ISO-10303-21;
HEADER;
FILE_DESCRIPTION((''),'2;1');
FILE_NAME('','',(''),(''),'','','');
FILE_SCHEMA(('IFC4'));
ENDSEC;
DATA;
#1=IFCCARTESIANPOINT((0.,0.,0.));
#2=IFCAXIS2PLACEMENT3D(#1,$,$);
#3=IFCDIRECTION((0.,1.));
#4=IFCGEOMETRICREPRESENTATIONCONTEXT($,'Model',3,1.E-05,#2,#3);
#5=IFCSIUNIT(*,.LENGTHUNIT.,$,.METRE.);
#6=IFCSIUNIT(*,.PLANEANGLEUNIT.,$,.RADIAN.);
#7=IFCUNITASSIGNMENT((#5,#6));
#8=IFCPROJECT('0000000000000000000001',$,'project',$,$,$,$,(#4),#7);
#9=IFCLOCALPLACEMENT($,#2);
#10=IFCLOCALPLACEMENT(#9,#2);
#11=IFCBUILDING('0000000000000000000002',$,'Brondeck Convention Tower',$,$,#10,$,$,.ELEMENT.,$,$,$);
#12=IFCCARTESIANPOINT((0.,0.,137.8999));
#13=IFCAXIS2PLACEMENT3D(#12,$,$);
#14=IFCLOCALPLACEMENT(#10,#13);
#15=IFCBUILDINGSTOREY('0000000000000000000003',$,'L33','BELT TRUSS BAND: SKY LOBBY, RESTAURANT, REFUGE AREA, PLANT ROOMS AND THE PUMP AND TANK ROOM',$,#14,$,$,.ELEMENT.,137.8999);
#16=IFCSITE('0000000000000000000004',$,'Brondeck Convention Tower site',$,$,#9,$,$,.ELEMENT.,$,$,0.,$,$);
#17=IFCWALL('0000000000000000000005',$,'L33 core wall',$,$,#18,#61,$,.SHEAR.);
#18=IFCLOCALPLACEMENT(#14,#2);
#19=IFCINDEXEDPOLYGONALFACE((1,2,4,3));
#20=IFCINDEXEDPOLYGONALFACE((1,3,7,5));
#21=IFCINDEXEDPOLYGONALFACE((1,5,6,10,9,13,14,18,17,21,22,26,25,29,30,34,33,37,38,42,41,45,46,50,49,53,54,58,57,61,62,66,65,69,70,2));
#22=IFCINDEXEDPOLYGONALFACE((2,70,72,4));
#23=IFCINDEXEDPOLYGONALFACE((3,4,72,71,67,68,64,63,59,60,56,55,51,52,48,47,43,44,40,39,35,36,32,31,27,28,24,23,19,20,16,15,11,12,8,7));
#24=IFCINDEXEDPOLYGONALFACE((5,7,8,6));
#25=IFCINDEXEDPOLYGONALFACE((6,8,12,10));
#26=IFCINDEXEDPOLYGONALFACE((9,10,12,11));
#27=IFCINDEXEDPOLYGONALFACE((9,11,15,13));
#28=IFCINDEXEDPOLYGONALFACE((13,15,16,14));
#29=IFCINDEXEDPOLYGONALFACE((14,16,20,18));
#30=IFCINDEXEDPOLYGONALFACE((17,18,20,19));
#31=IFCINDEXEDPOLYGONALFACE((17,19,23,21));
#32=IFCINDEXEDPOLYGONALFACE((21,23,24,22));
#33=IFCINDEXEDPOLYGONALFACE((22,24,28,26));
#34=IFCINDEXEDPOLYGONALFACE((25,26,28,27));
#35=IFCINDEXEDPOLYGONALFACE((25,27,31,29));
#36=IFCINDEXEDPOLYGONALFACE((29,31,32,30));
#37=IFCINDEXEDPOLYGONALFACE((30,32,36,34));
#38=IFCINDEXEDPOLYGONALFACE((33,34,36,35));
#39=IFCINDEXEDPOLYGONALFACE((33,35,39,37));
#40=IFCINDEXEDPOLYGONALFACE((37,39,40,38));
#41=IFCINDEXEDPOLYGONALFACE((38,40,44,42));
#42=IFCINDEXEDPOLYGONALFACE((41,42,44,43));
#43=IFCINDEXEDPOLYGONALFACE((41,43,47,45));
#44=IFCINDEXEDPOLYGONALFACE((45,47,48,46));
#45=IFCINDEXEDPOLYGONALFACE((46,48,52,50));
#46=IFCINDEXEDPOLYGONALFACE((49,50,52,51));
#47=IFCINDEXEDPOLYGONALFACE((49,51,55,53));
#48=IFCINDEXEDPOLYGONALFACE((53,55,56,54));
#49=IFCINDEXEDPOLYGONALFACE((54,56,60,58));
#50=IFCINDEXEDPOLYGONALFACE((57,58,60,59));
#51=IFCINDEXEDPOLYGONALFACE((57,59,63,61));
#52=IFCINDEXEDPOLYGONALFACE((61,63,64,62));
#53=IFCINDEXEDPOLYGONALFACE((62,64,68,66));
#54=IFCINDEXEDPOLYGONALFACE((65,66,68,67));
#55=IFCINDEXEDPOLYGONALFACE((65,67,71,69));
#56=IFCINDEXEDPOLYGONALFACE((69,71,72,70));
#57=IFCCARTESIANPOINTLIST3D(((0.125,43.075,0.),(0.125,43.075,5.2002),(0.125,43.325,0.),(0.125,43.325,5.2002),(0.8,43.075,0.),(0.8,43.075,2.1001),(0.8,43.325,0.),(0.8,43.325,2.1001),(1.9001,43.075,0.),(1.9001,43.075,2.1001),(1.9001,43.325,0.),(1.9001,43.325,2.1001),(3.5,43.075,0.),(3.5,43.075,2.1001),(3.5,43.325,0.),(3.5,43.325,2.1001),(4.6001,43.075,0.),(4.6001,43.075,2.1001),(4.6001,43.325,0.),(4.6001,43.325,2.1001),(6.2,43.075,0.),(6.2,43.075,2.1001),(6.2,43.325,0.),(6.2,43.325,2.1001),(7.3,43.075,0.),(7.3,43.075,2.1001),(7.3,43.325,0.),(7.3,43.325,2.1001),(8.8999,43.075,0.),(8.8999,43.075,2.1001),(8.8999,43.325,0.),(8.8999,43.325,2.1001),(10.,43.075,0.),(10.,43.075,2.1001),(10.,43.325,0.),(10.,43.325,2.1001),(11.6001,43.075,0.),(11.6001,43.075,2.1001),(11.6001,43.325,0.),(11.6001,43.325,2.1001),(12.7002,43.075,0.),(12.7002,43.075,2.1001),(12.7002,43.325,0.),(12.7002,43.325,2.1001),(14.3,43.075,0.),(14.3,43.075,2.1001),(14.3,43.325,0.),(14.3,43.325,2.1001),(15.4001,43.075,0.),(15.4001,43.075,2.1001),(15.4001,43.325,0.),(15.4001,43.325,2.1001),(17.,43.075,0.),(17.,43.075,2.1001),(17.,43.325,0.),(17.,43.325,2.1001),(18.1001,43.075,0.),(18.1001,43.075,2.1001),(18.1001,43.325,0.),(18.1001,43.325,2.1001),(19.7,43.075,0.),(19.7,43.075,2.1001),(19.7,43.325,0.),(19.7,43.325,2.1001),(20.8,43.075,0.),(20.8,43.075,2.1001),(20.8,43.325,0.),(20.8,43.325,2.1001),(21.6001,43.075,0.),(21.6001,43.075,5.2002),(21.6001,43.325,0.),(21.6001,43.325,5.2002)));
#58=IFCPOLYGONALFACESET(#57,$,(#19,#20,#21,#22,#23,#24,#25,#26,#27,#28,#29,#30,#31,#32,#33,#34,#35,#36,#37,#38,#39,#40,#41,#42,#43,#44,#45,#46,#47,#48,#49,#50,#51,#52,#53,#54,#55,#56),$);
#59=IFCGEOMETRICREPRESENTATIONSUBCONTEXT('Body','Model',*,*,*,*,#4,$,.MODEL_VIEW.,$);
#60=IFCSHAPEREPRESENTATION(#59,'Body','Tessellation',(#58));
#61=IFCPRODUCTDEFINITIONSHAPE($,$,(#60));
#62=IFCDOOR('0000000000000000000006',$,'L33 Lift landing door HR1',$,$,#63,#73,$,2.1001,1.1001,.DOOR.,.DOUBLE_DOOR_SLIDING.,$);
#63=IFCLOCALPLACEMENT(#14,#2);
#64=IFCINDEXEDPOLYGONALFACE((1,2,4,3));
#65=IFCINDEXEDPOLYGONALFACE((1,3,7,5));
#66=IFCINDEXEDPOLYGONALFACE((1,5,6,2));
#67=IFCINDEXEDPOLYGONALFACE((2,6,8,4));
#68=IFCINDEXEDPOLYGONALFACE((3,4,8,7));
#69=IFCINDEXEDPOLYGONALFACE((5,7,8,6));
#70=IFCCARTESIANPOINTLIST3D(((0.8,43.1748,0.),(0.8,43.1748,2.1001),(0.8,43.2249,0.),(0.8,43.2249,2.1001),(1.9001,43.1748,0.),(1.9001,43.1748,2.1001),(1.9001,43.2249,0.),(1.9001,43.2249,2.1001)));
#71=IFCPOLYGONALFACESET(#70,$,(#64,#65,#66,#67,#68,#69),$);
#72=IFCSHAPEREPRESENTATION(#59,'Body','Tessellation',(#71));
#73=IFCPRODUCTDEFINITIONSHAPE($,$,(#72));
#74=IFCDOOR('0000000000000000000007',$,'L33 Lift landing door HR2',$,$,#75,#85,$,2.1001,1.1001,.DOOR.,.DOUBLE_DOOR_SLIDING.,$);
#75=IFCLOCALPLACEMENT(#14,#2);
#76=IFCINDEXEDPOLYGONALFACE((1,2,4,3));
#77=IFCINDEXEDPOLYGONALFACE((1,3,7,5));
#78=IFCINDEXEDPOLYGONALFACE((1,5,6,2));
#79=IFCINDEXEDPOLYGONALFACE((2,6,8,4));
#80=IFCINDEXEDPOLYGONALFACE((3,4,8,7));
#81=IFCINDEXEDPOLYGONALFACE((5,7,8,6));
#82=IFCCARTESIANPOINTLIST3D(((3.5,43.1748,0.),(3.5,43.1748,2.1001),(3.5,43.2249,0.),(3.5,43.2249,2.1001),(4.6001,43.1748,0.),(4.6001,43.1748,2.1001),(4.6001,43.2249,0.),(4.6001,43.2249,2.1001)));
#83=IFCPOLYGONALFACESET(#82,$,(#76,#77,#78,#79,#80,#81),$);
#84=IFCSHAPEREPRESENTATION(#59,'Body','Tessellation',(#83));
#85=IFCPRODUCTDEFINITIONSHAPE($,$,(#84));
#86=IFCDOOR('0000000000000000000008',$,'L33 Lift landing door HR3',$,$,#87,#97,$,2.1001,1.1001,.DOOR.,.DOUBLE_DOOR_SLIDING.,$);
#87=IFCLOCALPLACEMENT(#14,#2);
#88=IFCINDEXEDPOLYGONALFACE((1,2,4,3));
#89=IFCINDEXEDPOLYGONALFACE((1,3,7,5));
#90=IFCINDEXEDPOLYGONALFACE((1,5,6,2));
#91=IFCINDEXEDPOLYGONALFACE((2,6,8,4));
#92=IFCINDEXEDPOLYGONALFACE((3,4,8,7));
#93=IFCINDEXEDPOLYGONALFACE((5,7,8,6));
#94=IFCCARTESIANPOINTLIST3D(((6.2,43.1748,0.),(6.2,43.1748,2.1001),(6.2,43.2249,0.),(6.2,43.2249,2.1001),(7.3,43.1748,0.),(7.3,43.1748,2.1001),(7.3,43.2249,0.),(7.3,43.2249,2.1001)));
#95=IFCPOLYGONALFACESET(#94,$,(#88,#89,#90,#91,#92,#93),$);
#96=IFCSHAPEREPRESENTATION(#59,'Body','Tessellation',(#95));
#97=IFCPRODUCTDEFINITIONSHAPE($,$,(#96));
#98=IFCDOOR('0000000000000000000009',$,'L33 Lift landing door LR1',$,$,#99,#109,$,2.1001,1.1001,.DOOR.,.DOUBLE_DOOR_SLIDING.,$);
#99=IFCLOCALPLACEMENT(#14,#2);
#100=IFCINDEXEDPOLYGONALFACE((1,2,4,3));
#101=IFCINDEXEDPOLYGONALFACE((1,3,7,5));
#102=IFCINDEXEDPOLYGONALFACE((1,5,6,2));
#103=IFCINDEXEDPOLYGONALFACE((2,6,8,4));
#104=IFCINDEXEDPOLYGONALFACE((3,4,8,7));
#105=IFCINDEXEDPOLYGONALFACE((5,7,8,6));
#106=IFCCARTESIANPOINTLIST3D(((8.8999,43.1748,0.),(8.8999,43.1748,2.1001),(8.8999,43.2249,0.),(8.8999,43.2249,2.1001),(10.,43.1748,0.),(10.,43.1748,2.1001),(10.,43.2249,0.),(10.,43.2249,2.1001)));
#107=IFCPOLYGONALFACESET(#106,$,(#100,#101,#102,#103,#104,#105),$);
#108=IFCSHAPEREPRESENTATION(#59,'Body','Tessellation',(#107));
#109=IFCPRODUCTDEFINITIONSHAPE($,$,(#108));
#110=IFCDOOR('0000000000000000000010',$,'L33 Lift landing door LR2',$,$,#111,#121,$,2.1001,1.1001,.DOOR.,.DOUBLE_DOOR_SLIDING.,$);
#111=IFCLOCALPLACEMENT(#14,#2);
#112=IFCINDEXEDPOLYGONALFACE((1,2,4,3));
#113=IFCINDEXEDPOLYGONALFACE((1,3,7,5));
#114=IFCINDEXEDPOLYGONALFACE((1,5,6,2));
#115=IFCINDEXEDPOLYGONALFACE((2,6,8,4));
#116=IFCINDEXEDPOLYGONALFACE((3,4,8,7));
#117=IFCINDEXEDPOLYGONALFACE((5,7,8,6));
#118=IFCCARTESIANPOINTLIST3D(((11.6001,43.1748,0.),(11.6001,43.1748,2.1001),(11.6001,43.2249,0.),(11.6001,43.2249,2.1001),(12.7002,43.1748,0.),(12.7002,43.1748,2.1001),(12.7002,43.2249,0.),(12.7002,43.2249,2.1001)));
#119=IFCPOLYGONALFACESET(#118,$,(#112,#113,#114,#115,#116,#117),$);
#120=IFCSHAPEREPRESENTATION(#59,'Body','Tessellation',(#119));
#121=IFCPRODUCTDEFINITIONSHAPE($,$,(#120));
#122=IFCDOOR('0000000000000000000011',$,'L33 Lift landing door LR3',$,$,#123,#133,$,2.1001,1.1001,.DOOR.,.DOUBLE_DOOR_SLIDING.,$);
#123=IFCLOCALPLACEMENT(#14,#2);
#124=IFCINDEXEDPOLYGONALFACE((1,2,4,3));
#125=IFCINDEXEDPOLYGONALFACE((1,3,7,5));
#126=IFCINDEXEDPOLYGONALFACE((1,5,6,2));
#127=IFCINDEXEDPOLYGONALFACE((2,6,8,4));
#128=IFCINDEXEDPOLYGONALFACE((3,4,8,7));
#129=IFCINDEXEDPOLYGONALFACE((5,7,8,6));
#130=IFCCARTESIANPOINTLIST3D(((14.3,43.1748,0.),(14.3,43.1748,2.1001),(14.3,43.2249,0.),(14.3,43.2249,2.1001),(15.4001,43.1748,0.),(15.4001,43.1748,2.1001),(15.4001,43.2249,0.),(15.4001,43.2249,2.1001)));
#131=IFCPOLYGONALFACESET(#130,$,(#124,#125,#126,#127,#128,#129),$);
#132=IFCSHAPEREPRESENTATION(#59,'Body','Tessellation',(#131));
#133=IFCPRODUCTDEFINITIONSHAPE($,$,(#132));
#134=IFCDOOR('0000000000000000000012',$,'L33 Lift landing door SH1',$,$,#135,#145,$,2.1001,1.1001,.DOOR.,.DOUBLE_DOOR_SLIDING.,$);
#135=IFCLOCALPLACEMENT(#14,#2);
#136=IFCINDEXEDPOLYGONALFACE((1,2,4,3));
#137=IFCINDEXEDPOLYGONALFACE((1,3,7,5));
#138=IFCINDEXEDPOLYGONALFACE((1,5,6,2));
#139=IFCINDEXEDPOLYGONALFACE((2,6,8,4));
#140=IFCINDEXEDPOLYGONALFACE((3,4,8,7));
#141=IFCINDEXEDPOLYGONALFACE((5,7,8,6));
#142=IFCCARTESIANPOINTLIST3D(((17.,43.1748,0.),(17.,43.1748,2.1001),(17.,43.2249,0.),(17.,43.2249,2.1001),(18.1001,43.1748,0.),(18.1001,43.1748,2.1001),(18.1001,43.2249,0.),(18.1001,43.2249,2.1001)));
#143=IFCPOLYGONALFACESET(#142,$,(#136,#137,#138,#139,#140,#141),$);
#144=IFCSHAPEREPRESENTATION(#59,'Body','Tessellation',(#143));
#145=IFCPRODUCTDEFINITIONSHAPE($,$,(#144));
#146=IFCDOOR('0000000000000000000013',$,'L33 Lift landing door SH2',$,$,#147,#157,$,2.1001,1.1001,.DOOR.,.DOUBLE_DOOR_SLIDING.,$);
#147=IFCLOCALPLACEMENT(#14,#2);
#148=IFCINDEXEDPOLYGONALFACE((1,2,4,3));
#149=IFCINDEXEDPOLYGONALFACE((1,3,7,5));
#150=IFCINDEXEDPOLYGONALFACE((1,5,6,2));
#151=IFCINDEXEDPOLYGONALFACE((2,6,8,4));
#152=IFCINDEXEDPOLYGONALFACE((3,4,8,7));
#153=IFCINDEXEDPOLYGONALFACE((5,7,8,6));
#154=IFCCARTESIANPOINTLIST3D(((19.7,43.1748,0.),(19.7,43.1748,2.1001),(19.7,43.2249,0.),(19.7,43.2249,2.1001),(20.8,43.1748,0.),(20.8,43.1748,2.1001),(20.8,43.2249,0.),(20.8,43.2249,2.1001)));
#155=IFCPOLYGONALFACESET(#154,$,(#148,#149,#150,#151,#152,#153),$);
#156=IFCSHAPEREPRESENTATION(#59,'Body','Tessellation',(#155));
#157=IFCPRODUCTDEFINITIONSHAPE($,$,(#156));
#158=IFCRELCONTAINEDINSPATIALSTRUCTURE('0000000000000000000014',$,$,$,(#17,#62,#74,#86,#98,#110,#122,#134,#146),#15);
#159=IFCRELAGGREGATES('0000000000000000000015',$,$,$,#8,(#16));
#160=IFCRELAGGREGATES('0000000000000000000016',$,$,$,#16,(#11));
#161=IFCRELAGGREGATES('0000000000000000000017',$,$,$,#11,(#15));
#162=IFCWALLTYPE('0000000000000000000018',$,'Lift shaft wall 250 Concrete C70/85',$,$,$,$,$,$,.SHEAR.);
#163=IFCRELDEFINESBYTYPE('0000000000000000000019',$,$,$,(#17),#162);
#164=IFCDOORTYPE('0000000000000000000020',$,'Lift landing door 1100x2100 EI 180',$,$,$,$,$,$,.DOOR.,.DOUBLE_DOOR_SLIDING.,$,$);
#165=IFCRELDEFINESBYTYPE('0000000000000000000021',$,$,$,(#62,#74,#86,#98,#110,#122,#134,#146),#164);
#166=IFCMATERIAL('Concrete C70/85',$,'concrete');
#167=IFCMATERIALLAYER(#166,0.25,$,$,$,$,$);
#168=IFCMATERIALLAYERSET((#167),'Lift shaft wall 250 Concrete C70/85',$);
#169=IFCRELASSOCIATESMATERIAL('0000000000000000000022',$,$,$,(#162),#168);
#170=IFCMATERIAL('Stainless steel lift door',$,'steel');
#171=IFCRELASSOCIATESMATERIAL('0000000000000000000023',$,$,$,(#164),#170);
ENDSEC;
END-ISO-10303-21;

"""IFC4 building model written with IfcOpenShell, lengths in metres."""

from ifc_helpers import new_model, si_unit, direction, frame, frame_2d, origin, place, context, subcontext, project, spatial, rectangle, extrude, material, layer, layer_set, type_object, element, fill, save


model = new_model("IFC4")

# Units and contexts
model_context = context("Model", 3, precision=1e-05, world=origin(), true_north=direction((0.0, 1.0)))
body_context = subcontext(model_context, "Body", "Model", "MODEL_VIEW")
ifc_project = project(units=[si_unit("LENGTHUNIT", "METRE"), si_unit("PLANEANGLEUNIT", "RADIAN")], contexts=[model_context])

# Site, building, storey
site_placement = place(None, origin())
site = spatial("IfcSite", under=ifc_project, at=site_placement, Name="Brondeck Convention Tower site", CompositionType="ELEMENT", RefElevation=0.0)
building_placement = place(site_placement, origin())
building = spatial("IfcBuilding", under=site, at=building_placement, Name="Brondeck Convention Tower", CompositionType="ELEMENT")
storey_placement = place(building_placement, frame((0.0, 0.0, 137.8999)))
storey = spatial("IfcBuildingStorey", under=building, at=storey_placement, Name="L33", Description="BELT TRUSS BAND: SKY LOBBY, RESTAURANT, REFUGE AREA, PLANT ROOMS AND THE PUMP AND TANK ROOM", CompositionType="ELEMENT", Elevation=137.8999)

# Shared definitions
ifc_material_1 = material(Name="Concrete C70/85", Category="concrete")

# Wall, openings, doors
ifc_layer_1 = layer(ifc_material_1, 0.25)
ifc_layer_set_1 = layer_set([ifc_layer_1], Name="Lift shaft wall 250 Concrete C70/85")
wall_type_1 = type_object("IfcWallType", Name="Lift shaft wall 250 Concrete C70/85", PredefinedType="SHEAR", material=ifc_layer_set_1)
wall_1_placement = place(storey_placement, frame((0.125, 43.2, 0.0), z_axis=(0.0, 0.0, 1.0), x_axis=(1.0, 0.0, 0.0)))
wall_1 = element("IfcWall", 1, at=wall_1_placement, inside=storey, type_object=wall_type_1, Name="L33 core wall", PredefinedType="SHEAR", context=body_context, shape_type="SweptSolid", body=[
    extrude(rectangle(XDim=21.4751, YDim=0.25, at=frame_2d((10.7375, 0.0))), origin(), (0.0, 0.0, 1.0), 5.2002),
])
opening_1_placement = place(wall_1_placement, frame((0.675, 0.0, 0.0)))
opening_1 = element("IfcOpeningElement", 2, at=opening_1_placement, cuts=wall_1, PredefinedType="OPENING", context=body_context, shape_type="SweptSolid", body=[
    extrude(rectangle(XDim=1.1001, YDim=2.1001, at=frame_2d((0.55, 1.05))), frame((0.0, 0.135, 0.0), z_axis=(0.0, -1.0, 0.0), x_axis=(1.0, 0.0, 0.0)), (0.0, 0.0, 1.0), 0.27),
])
opening_2_placement = place(wall_1_placement, frame((3.375, 0.0, 0.0)))
opening_2 = element("IfcOpeningElement", 3, at=opening_2_placement, cuts=wall_1, PredefinedType="OPENING", context=body_context, shape_type="SweptSolid", body=[
    extrude(rectangle(XDim=1.1001, YDim=2.1001, at=frame_2d((0.55, 1.05))), frame((0.0, 0.135, 0.0), z_axis=(0.0, -1.0, 0.0), x_axis=(1.0, 0.0, 0.0)), (0.0, 0.0, 1.0), 0.27),
])
opening_3_placement = place(wall_1_placement, frame((6.075, 0.0, 0.0)))
opening_3 = element("IfcOpeningElement", 4, at=opening_3_placement, cuts=wall_1, PredefinedType="OPENING", context=body_context, shape_type="SweptSolid", body=[
    extrude(rectangle(XDim=1.1001, YDim=2.1001, at=frame_2d((0.55, 1.05))), frame((0.0, 0.135, 0.0), z_axis=(0.0, -1.0, 0.0), x_axis=(1.0, 0.0, 0.0)), (0.0, 0.0, 1.0), 0.27),
])
opening_4_placement = place(wall_1_placement, frame((8.7749, 0.0, 0.0)))
opening_4 = element("IfcOpeningElement", 5, at=opening_4_placement, cuts=wall_1, PredefinedType="OPENING", context=body_context, shape_type="SweptSolid", body=[
    extrude(rectangle(XDim=1.1001, YDim=2.1001, at=frame_2d((0.55, 1.05))), frame((0.0, 0.135, 0.0), z_axis=(0.0, -1.0, 0.0), x_axis=(1.0, 0.0, 0.0)), (0.0, 0.0, 1.0), 0.27),
])
opening_5_placement = place(wall_1_placement, frame((11.4751, 0.0, 0.0)))
opening_5 = element("IfcOpeningElement", 6, at=opening_5_placement, cuts=wall_1, PredefinedType="OPENING", context=body_context, shape_type="SweptSolid", body=[
    extrude(rectangle(XDim=1.1001, YDim=2.1001, at=frame_2d((0.55, 1.05))), frame((0.0, 0.135, 0.0), z_axis=(0.0, -1.0, 0.0), x_axis=(1.0, 0.0, 0.0)), (0.0, 0.0, 1.0), 0.27),
])
opening_6_placement = place(wall_1_placement, frame((14.175, 0.0, 0.0)))
opening_6 = element("IfcOpeningElement", 7, at=opening_6_placement, cuts=wall_1, PredefinedType="OPENING", context=body_context, shape_type="SweptSolid", body=[
    extrude(rectangle(XDim=1.1001, YDim=2.1001, at=frame_2d((0.55, 1.05))), frame((0.0, 0.135, 0.0), z_axis=(0.0, -1.0, 0.0), x_axis=(1.0, 0.0, 0.0)), (0.0, 0.0, 1.0), 0.27),
])
opening_7_placement = place(wall_1_placement, frame((16.875, 0.0, 0.0)))
opening_7 = element("IfcOpeningElement", 8, at=opening_7_placement, cuts=wall_1, PredefinedType="OPENING", context=body_context, shape_type="SweptSolid", body=[
    extrude(rectangle(XDim=1.1001, YDim=2.1001, at=frame_2d((0.55, 1.05))), frame((0.0, 0.135, 0.0), z_axis=(0.0, -1.0, 0.0), x_axis=(1.0, 0.0, 0.0)), (0.0, 0.0, 1.0), 0.27),
])
opening_8_placement = place(wall_1_placement, frame((19.575, 0.0, 0.0)))
opening_8 = element("IfcOpeningElement", 9, at=opening_8_placement, cuts=wall_1, PredefinedType="OPENING", context=body_context, shape_type="SweptSolid", body=[
    extrude(rectangle(XDim=1.1001, YDim=2.1001, at=frame_2d((0.55, 1.05))), frame((0.0, 0.135, 0.0), z_axis=(0.0, -1.0, 0.0), x_axis=(1.0, 0.0, 0.0)), (0.0, 0.0, 1.0), 0.27),
])
ifc_material_2 = material(Name="Stainless steel lift door", Category="steel")
door_type = type_object("IfcDoorType", Name="Lift landing door 1100x2100 EI 180", OperationType="DOUBLE_DOOR_SLIDING", PredefinedType="DOOR", material=ifc_material_2)
door_1_placement = place(opening_1_placement, origin())
door_1 = element("IfcDoor", 10, at=door_1_placement, inside=storey, type_object=door_type, Name="L33 Lift landing door HR1", OperationType="DOUBLE_DOOR_SLIDING", OverallHeight=2.1001, OverallWidth=1.1001, PredefinedType="DOOR", context=body_context, shape_type="SweptSolid", body=[
    extrude(rectangle(XDim=1.1001, YDim=2.1001, at=frame_2d((0.55, 1.05))), frame((0.0, 0.0249, 0.0), z_axis=(0.0, -1.0, 0.0), x_axis=(1.0, 0.0, 0.0)), (0.0, 0.0, 1.0), 0.05),
])
fill(opening_1, door_1)
door_2_placement = place(opening_2_placement, origin())
door_2 = element("IfcDoor", 11, at=door_2_placement, inside=storey, type_object=door_type, Name="L33 Lift landing door HR2", OperationType="DOUBLE_DOOR_SLIDING", OverallHeight=2.1001, OverallWidth=1.1001, PredefinedType="DOOR", context=body_context, shape_type="SweptSolid", body=[
    extrude(rectangle(XDim=1.1001, YDim=2.1001, at=frame_2d((0.55, 1.05))), frame((0.0, 0.0249, 0.0), z_axis=(0.0, -1.0, 0.0), x_axis=(1.0, 0.0, 0.0)), (0.0, 0.0, 1.0), 0.05),
])
fill(opening_2, door_2)
door_3_placement = place(opening_3_placement, origin())
door_3 = element("IfcDoor", 12, at=door_3_placement, inside=storey, type_object=door_type, Name="L33 Lift landing door HR3", OperationType="DOUBLE_DOOR_SLIDING", OverallHeight=2.1001, OverallWidth=1.1001, PredefinedType="DOOR", context=body_context, shape_type="SweptSolid", body=[
    extrude(rectangle(XDim=1.1001, YDim=2.1001, at=frame_2d((0.55, 1.05))), frame((0.0, 0.0249, 0.0), z_axis=(0.0, -1.0, 0.0), x_axis=(1.0, 0.0, 0.0)), (0.0, 0.0, 1.0), 0.05),
])
fill(opening_3, door_3)
door_4_placement = place(opening_4_placement, origin())
door_4 = element("IfcDoor", 13, at=door_4_placement, inside=storey, type_object=door_type, Name="L33 Lift landing door LR1", OperationType="DOUBLE_DOOR_SLIDING", OverallHeight=2.1001, OverallWidth=1.1001, PredefinedType="DOOR", context=body_context, shape_type="SweptSolid", body=[
    extrude(rectangle(XDim=1.1001, YDim=2.1001, at=frame_2d((0.55, 1.05))), frame((0.0, 0.0249, 0.0), z_axis=(0.0, -1.0, 0.0), x_axis=(1.0, 0.0, 0.0)), (0.0, 0.0, 1.0), 0.05),
])
fill(opening_4, door_4)
door_5_placement = place(opening_5_placement, origin())
door_5 = element("IfcDoor", 14, at=door_5_placement, inside=storey, type_object=door_type, Name="L33 Lift landing door LR2", OperationType="DOUBLE_DOOR_SLIDING", OverallHeight=2.1001, OverallWidth=1.1001, PredefinedType="DOOR", context=body_context, shape_type="SweptSolid", body=[
    extrude(rectangle(XDim=1.1001, YDim=2.1001, at=frame_2d((0.55, 1.05))), frame((0.0, 0.0249, 0.0), z_axis=(0.0, -1.0, 0.0), x_axis=(1.0, 0.0, 0.0)), (0.0, 0.0, 1.0), 0.05),
])
fill(opening_5, door_5)
door_6_placement = place(opening_6_placement, origin())
door_6 = element("IfcDoor", 15, at=door_6_placement, inside=storey, type_object=door_type, Name="L33 Lift landing door LR3", OperationType="DOUBLE_DOOR_SLIDING", OverallHeight=2.1001, OverallWidth=1.1001, PredefinedType="DOOR", context=body_context, shape_type="SweptSolid", body=[
    extrude(rectangle(XDim=1.1001, YDim=2.1001, at=frame_2d((0.55, 1.05))), frame((0.0, 0.0249, 0.0), z_axis=(0.0, -1.0, 0.0), x_axis=(1.0, 0.0, 0.0)), (0.0, 0.0, 1.0), 0.05),
])
fill(opening_6, door_6)
door_7_placement = place(opening_7_placement, origin())
door_7 = element("IfcDoor", 16, at=door_7_placement, inside=storey, type_object=door_type, Name="L33 Lift landing door SH1", OperationType="DOUBLE_DOOR_SLIDING", OverallHeight=2.1001, OverallWidth=1.1001, PredefinedType="DOOR", context=body_context, shape_type="SweptSolid", body=[
    extrude(rectangle(XDim=1.1001, YDim=2.1001, at=frame_2d((0.55, 1.05))), frame((0.0, 0.0249, 0.0), z_axis=(0.0, -1.0, 0.0), x_axis=(1.0, 0.0, 0.0)), (0.0, 0.0, 1.0), 0.05),
])
fill(opening_7, door_7)
door_8_placement = place(opening_8_placement, origin())
door_8 = element("IfcDoor", 17, at=door_8_placement, inside=storey, type_object=door_type, Name="L33 Lift landing door SH2", OperationType="DOUBLE_DOOR_SLIDING", OverallHeight=2.1001, OverallWidth=1.1001, PredefinedType="DOOR", context=body_context, shape_type="SweptSolid", body=[
    extrude(rectangle(XDim=1.1001, YDim=2.1001, at=frame_2d((0.55, 1.05))), frame((0.0, 0.0249, 0.0), z_axis=(0.0, -1.0, 0.0), x_axis=(1.0, 0.0, 0.0)), (0.0, 0.0, 1.0), 0.05),
])
fill(opening_8, door_8)

save(model, "model.ifc")
